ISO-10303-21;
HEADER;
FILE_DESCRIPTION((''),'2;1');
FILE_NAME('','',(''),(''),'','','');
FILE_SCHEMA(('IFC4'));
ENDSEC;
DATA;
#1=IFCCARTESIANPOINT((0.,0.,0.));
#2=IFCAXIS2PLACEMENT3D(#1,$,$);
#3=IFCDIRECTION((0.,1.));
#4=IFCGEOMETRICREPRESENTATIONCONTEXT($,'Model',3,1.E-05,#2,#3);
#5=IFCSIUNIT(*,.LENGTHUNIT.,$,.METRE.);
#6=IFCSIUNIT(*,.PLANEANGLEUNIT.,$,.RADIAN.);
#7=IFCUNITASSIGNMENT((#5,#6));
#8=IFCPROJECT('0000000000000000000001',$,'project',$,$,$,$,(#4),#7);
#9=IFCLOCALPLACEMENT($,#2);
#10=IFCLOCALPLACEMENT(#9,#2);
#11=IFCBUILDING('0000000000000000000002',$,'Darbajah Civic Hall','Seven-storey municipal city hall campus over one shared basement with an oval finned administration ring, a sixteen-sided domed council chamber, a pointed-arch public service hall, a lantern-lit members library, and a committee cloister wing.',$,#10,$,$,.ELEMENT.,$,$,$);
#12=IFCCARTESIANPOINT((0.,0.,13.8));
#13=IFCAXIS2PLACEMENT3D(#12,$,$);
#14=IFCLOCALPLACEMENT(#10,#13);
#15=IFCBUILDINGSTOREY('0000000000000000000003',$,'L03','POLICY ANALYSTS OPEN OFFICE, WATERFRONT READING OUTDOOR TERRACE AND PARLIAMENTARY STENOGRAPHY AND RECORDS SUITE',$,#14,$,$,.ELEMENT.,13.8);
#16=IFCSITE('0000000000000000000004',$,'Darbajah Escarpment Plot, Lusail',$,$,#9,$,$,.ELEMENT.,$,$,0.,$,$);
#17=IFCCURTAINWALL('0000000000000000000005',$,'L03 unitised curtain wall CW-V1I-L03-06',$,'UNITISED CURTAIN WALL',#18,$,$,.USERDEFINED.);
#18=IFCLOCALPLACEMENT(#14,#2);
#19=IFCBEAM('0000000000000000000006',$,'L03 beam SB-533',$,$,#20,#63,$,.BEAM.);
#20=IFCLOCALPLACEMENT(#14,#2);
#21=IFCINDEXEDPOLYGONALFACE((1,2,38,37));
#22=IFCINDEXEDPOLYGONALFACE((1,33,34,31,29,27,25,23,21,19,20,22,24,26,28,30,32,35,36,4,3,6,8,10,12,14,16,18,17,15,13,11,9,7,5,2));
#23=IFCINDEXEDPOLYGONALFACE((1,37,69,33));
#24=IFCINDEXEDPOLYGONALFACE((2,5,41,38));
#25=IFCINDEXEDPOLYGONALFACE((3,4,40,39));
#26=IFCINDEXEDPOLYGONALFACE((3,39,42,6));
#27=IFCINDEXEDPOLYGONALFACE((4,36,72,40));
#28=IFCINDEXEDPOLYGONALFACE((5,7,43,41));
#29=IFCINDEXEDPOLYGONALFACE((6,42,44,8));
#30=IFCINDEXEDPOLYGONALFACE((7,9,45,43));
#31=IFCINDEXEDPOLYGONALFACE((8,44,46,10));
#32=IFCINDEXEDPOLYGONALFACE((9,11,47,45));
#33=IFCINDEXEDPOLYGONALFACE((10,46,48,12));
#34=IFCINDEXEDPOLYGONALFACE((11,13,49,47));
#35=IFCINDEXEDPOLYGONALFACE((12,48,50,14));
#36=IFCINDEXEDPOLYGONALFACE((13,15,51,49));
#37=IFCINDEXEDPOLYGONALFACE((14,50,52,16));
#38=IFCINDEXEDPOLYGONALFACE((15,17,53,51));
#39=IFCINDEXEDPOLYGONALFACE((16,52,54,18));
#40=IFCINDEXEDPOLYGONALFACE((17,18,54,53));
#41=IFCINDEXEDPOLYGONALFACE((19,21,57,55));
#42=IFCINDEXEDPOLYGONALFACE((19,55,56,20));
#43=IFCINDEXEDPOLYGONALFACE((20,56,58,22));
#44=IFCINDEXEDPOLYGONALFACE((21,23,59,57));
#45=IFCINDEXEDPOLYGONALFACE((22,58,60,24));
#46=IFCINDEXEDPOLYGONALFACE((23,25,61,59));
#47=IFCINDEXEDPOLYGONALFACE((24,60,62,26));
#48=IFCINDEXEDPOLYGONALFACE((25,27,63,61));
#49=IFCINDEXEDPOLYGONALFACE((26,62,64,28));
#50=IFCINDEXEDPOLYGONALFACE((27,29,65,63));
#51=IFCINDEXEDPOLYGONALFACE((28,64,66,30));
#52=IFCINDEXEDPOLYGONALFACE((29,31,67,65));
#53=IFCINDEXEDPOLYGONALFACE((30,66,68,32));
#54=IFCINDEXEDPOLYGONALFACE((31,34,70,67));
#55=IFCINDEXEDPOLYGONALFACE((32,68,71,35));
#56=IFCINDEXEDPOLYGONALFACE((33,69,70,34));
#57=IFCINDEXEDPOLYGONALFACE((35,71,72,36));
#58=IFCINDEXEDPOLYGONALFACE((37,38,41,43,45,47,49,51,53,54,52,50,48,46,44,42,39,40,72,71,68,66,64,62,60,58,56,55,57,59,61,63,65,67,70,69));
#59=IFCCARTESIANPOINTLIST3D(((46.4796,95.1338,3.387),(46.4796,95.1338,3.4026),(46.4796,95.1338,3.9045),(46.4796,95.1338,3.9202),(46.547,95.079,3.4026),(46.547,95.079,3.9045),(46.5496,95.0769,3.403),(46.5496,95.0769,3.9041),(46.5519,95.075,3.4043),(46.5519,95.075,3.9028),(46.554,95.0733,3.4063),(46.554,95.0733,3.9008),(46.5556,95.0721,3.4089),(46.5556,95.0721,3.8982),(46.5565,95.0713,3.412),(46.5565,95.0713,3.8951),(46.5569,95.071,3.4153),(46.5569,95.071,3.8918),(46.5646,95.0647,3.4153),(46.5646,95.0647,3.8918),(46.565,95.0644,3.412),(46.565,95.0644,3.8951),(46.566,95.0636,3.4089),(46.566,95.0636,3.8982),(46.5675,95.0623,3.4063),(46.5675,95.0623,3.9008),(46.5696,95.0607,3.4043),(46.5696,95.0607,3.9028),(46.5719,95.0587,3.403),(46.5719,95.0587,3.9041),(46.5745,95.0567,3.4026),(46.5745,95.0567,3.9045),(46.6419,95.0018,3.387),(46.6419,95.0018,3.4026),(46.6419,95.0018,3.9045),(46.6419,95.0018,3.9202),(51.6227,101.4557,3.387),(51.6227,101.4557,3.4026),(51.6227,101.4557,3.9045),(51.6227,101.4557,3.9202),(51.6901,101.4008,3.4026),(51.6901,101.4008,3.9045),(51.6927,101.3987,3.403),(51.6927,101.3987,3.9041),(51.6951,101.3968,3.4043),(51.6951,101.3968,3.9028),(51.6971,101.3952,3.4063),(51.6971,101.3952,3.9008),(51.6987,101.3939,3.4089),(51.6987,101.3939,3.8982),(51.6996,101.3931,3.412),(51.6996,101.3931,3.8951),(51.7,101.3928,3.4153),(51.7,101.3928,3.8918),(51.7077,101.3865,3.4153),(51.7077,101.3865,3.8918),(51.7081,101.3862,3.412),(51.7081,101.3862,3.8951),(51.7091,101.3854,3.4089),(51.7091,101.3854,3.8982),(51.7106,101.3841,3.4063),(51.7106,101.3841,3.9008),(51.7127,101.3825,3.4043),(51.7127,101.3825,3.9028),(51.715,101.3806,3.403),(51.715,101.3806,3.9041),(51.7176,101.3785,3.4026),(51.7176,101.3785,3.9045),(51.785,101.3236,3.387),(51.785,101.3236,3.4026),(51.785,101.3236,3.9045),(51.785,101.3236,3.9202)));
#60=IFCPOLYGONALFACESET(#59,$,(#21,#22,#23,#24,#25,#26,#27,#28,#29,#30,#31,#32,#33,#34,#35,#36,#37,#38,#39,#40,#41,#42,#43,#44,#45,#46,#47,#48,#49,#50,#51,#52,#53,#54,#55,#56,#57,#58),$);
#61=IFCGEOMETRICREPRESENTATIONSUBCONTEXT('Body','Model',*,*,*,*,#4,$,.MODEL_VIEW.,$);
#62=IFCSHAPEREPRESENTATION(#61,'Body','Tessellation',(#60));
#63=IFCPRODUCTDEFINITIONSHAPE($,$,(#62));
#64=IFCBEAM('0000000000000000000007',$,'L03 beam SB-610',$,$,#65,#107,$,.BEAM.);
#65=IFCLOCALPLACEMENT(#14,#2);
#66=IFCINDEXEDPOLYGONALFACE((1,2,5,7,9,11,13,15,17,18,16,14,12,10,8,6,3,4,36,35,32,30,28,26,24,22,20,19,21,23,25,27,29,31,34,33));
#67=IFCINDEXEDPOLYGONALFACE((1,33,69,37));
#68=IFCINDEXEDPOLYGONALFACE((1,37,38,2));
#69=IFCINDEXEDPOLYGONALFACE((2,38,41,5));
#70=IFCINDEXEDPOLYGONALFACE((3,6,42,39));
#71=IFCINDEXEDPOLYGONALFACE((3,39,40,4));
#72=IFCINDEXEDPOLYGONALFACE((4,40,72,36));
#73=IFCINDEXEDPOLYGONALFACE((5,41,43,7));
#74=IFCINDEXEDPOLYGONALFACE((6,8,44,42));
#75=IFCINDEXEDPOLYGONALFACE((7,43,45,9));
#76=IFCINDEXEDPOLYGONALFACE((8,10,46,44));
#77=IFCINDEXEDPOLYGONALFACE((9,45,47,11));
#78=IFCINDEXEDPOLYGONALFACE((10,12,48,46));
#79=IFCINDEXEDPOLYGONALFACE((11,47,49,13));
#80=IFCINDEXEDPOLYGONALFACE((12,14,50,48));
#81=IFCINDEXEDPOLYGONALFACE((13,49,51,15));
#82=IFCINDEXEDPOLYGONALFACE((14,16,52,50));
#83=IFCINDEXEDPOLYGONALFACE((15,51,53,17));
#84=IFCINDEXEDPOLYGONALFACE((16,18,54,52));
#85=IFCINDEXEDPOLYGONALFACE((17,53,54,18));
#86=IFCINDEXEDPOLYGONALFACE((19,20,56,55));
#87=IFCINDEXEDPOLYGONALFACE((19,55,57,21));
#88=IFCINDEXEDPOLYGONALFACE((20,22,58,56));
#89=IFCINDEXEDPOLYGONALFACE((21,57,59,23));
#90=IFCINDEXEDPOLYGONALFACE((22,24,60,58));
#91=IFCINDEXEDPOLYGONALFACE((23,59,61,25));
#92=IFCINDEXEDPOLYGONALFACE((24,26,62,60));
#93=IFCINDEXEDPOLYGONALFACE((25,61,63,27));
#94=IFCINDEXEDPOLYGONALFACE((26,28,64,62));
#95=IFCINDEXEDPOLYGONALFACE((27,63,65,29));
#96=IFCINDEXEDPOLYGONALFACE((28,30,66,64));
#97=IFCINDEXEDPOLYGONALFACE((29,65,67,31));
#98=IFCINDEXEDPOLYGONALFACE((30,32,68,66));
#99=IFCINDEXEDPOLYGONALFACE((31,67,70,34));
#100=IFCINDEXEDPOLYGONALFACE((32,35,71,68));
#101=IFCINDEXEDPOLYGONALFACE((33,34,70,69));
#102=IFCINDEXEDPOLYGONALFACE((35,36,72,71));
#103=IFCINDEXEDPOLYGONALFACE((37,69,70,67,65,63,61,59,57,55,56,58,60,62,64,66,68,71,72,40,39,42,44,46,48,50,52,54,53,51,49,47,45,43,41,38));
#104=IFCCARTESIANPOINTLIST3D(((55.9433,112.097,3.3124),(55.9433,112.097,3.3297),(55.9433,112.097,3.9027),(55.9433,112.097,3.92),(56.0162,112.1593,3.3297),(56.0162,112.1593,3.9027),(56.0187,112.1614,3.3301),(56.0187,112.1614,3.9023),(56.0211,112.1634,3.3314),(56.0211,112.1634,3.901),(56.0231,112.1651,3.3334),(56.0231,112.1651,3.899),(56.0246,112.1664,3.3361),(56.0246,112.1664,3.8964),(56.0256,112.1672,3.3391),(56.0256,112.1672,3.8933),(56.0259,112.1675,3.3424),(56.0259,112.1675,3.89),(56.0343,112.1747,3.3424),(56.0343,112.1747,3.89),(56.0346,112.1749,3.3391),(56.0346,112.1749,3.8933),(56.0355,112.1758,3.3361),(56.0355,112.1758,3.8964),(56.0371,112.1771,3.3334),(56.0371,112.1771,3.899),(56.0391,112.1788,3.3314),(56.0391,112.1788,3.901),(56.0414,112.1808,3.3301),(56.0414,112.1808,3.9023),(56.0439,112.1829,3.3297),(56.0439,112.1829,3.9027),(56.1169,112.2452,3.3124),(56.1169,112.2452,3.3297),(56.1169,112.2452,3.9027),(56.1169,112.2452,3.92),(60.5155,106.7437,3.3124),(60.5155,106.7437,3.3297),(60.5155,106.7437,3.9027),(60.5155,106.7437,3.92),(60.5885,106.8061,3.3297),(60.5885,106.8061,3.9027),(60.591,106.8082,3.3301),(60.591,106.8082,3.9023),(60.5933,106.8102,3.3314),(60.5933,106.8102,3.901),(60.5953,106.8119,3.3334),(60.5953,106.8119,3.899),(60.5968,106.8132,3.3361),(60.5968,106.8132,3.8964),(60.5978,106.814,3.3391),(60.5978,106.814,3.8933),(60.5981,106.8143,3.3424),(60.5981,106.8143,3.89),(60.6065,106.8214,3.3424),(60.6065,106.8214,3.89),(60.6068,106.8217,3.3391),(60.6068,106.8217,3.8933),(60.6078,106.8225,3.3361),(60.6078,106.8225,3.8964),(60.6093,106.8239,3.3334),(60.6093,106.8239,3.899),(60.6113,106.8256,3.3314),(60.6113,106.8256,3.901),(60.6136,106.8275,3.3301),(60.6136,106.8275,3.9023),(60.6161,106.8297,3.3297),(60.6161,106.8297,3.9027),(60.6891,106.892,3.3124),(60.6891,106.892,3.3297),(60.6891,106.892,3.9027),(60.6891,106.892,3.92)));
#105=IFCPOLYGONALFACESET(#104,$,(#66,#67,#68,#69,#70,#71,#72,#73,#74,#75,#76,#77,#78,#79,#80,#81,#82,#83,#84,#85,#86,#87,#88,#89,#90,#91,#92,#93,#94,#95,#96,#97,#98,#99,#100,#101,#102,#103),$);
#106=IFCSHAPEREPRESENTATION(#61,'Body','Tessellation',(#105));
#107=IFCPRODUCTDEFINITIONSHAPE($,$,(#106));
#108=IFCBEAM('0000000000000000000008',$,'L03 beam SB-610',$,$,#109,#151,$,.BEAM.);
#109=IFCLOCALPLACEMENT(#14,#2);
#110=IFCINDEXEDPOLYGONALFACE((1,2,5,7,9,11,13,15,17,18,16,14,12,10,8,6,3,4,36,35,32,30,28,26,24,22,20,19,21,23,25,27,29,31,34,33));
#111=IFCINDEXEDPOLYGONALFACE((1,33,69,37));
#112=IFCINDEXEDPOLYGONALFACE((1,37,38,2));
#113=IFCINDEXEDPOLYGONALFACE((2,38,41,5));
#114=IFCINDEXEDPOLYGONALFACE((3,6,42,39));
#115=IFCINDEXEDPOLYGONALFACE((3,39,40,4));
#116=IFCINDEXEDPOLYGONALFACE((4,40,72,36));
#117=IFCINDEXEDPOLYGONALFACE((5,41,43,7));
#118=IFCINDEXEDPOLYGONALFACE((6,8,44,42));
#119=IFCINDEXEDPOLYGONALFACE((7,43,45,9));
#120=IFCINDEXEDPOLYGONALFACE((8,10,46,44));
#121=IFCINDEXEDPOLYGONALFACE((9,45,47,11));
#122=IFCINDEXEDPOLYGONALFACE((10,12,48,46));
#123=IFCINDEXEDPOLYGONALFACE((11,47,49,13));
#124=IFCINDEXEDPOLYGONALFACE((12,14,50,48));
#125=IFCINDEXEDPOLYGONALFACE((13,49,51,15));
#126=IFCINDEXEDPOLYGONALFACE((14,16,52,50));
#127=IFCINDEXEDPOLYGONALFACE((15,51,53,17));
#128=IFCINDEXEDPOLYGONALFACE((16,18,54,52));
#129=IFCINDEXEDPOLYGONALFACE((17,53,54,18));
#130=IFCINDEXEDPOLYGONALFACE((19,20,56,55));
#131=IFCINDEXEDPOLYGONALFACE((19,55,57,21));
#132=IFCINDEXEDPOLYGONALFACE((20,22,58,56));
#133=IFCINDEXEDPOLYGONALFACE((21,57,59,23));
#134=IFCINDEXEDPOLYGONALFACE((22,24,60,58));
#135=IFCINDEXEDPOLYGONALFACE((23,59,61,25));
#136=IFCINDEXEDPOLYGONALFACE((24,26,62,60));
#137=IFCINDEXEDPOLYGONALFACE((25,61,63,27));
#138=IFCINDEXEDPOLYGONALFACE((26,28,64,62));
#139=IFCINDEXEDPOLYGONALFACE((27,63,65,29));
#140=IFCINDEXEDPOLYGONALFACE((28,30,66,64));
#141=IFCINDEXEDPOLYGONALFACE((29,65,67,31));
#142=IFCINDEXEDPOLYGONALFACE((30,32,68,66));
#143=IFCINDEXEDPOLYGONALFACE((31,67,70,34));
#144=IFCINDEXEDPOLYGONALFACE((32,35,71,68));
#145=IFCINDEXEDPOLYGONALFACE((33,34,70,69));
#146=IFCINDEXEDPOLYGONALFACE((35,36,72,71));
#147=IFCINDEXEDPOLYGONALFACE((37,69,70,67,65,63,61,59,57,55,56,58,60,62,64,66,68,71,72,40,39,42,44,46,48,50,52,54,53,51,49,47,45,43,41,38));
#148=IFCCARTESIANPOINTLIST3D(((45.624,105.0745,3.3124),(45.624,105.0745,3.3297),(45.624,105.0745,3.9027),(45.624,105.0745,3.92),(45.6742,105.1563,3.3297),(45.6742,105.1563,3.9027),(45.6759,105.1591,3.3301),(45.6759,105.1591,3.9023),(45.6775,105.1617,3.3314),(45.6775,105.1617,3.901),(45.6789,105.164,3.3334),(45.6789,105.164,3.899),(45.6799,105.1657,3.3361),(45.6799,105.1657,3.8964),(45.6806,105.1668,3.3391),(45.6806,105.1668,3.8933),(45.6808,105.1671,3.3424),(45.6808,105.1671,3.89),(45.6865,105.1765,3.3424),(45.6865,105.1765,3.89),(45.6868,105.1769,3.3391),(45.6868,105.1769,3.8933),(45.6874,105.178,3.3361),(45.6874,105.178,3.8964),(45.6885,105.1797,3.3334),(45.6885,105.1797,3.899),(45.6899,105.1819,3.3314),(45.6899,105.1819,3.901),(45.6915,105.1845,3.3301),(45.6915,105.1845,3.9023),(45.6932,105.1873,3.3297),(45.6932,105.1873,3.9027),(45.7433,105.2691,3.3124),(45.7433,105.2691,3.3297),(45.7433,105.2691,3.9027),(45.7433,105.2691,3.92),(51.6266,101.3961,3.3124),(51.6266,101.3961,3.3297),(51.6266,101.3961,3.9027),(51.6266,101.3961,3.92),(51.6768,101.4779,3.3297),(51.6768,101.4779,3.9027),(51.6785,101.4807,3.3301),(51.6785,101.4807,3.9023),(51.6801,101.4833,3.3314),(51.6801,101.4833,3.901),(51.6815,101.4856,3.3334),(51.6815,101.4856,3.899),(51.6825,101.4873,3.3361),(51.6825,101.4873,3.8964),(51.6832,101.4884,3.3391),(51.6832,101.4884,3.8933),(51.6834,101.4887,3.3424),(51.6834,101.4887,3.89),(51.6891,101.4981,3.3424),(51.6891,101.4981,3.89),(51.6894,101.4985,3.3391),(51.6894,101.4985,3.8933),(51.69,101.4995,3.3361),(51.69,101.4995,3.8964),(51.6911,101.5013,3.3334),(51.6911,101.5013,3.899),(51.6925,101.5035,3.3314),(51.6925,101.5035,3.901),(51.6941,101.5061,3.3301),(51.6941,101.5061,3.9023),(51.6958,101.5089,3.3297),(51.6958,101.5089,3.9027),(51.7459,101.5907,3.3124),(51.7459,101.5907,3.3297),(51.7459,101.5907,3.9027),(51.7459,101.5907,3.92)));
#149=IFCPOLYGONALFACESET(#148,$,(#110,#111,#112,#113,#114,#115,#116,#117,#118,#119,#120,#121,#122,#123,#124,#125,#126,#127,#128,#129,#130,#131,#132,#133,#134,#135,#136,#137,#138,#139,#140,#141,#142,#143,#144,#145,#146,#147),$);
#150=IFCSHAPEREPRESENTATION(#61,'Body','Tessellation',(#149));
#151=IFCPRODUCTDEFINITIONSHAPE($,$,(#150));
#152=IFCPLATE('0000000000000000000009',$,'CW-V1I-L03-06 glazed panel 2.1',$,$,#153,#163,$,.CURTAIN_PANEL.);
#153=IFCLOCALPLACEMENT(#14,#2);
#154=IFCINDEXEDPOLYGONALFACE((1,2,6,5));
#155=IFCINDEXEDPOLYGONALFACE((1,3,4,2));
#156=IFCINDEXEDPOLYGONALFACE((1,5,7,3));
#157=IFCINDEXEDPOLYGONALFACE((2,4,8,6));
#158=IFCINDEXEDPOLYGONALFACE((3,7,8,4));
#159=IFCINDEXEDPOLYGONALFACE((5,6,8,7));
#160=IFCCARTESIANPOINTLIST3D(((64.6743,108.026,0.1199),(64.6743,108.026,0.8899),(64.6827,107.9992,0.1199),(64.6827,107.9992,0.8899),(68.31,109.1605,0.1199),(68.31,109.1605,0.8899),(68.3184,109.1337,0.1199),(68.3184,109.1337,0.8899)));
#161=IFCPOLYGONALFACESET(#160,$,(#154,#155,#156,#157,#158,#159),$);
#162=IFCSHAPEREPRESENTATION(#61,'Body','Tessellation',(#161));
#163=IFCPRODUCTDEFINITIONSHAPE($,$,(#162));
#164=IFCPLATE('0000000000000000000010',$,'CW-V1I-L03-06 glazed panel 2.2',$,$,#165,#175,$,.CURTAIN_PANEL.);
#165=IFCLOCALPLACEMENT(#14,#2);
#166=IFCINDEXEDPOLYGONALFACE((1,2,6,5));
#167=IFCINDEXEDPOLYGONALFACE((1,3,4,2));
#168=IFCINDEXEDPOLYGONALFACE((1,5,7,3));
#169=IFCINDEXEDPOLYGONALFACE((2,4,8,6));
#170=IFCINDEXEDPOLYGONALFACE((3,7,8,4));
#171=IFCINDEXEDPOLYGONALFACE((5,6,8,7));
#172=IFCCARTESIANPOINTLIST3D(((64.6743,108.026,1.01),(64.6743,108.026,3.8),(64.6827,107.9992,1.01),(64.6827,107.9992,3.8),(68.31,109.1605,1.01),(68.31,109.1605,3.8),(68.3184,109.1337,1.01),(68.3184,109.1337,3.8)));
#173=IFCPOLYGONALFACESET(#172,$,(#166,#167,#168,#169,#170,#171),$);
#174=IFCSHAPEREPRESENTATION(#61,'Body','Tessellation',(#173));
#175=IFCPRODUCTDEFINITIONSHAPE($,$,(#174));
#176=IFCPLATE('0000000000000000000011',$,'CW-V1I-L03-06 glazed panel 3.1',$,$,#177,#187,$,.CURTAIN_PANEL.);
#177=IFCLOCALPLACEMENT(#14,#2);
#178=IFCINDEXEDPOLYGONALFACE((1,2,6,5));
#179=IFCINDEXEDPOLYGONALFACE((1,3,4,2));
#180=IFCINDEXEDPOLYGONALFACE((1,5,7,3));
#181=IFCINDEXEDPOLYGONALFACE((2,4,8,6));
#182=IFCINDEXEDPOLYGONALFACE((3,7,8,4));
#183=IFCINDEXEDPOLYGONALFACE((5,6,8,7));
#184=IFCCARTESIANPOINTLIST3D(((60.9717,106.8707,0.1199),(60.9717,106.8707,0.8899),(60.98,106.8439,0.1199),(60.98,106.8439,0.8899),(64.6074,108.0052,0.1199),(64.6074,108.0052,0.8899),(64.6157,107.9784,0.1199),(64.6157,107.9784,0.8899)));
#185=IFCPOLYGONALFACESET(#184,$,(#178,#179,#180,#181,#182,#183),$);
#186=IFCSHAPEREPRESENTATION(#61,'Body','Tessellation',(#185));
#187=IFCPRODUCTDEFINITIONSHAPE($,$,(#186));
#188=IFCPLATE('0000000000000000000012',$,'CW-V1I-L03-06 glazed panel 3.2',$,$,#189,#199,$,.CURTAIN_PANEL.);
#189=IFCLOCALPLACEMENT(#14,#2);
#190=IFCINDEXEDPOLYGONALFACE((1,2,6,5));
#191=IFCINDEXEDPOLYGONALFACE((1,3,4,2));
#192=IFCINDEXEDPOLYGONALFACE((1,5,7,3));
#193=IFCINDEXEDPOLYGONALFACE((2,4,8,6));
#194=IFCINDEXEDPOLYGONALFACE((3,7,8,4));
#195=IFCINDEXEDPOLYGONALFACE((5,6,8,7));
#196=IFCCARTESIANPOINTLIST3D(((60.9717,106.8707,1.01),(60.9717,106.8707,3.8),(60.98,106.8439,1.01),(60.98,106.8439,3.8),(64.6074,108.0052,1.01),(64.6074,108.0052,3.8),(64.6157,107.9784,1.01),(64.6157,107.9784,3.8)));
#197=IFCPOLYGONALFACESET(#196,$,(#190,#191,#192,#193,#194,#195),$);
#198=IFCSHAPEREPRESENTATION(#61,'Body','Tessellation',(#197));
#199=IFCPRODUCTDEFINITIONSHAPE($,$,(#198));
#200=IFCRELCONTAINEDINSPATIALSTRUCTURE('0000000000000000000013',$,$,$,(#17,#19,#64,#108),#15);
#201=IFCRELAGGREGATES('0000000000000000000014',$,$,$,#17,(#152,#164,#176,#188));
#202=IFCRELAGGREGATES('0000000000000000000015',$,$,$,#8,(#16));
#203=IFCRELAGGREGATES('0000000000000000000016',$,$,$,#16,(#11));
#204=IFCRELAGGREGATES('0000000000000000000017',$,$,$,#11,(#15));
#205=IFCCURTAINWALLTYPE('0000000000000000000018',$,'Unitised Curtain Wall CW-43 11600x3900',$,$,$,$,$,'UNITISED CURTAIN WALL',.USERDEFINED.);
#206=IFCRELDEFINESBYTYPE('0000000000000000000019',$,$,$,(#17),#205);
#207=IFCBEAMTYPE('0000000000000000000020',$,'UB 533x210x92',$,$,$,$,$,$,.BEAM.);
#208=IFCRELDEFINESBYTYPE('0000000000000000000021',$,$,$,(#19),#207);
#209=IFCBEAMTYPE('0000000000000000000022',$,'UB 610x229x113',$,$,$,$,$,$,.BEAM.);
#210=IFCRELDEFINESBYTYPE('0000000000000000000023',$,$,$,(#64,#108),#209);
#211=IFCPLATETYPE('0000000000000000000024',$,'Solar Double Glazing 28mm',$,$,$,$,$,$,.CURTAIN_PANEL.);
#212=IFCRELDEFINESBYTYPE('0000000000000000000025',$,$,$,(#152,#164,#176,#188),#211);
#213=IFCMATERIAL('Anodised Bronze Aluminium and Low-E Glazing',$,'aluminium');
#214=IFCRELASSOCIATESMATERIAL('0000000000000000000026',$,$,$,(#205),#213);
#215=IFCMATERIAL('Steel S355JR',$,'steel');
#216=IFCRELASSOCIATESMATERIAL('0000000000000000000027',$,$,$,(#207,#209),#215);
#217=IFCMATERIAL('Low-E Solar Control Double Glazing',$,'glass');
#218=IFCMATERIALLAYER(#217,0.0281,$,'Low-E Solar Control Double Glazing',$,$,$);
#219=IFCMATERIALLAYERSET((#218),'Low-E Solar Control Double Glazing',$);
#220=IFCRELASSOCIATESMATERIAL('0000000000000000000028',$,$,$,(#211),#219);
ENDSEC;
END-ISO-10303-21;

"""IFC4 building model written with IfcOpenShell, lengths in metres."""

from ifc_helpers import new_model, si_unit, direction, frame, origin, origin_2d, place, context, subcontext, project, spatial, rectangle, i_section, extrude, material, layer, layer_set, material_profile, profile_set, type_object, element, aggregate, save


model = new_model("IFC4")

# Units and contexts
model_context = context("Model", 3, precision=1e-05, world=origin(), true_north=direction((0.0, 1.0)))
body_context = subcontext(model_context, "Body", "Model", "MODEL_VIEW")
ifc_project = project(units=[si_unit("LENGTHUNIT", "METRE"), si_unit("PLANEANGLEUNIT", "RADIAN")], contexts=[model_context])

# Site, building, storey
site_placement = place(None, origin())
site = spatial("IfcSite", under=ifc_project, at=site_placement, Name="Darbajah Escarpment Plot, Lusail", CompositionType="ELEMENT", RefElevation=0.0)
building_placement = place(site_placement, origin())
building = spatial("IfcBuilding", under=site, at=building_placement, Name="Darbajah Civic Hall", Description="Seven-storey municipal city hall campus over one shared basement with an oval finned administration ring, a sixteen-sided domed council chamber, a pointed-arch public service hall, a lantern-lit members library, and a committee cloister wing.", CompositionType="ELEMENT")
storey_placement = place(building_placement, frame((0.0, 0.0, 13.8)))
storey = spatial("IfcBuildingStorey", under=building, at=storey_placement, Name="L03", Description="POLICY ANALYSTS OPEN OFFICE, WATERFRONT READING OUTDOOR TERRACE AND PARLIAMENTARY STENOGRAPHY AND RECORDS SUITE", CompositionType="ELEMENT", Elevation=13.8)

# Curtain wall
ifc_material_1 = material(Name="Anodised Bronze Aluminium and Low-E Glazing", Category="aluminium")
curtain_wall_type_1 = type_object("IfcCurtainWallType", Name="Unitised Curtain Wall CW-43 11600x3900", ElementType="UNITISED CURTAIN WALL", PredefinedType="USERDEFINED", material=ifc_material_1)
curtain_wall_1_placement = place(storey_placement, origin())
curtain_wall_1 = element("IfcCurtainWall", 1, at=curtain_wall_1_placement, inside=storey, type_object=curtain_wall_type_1, Name="L03 unitised curtain wall CW-V1I-L03-06", ObjectType="UNITISED CURTAIN WALL", PredefinedType="USERDEFINED")

# Beams
ifc_material_2 = material(Name="Steel S355JR", Category="steel")
ifc_material_profile_1 = material_profile(ifc_material_2, i_section(OverallWidth=0.2092, OverallDepth=0.5332, WebThickness=0.01, FlangeThickness=0.0156, FilletRadius=0.0127, at=origin_2d()), Name="UB 533x210x92")
ifc_profile_set_1 = profile_set([ifc_material_profile_1], Name="Steel S355JR")
beam_type_1 = type_object("IfcBeamType", Name="UB 533x210x92", PredefinedType="BEAM", material=ifc_profile_set_1)
beam_1_placement = place(storey_placement, frame((51.7039, 101.3896, 3.6536), z_axis=(-0.631082, -0.775716, 0.0), x_axis=(0.775716, -0.631082, 0.0)))
element("IfcBeam", 2, at=beam_1_placement, inside=storey, type_object=beam_type_1, Name="L03 beam SB-533", PredefinedType="BEAM", context=body_context, shape_type="SweptSolid", body=[
    extrude(i_section(OverallWidth=0.2092, OverallDepth=0.5332, WebThickness=0.01, FlangeThickness=0.0156, FilletRadius=0.0127, at=origin_2d()), origin(), (0.0, 0.0, 1.0), 8.1497),
])
ifc_material_profile_2 = material_profile(ifc_material_2, i_section(OverallWidth=0.2283, OverallDepth=0.6077, WebThickness=0.011, FlangeThickness=0.0173, FilletRadius=0.0127, at=origin_2d()), Name="UB 610x229x113")
ifc_profile_set_2 = profile_set([ifc_material_profile_2], Name="Steel S355JR")
beam_type_2 = type_object("IfcBeamType", Name="UB 610x229x113", PredefinedType="BEAM", material=ifc_profile_set_2)
for number, where, z_axis, x_axis, name in (
    (3, (60.6023, 106.8179, 3.6162), (-0.64946, 0.760396, 0.0), (-0.760396, -0.64946, 0.0), "L03 beam SB-610"),
    (4, (51.6863, 101.4934, 3.6162), (-0.852639, 0.5225, 0.0), (-0.5225, -0.852639, 0.0), "L03 beam SB-610"),
):
    element("IfcBeam", number, at=place(storey_placement, frame(where, z_axis=z_axis, x_axis=x_axis)), inside=storey, type_object=beam_type_2, Name=name, PredefinedType="BEAM", context=body_context, shape_type="SweptSolid", body=[
        extrude(i_section(OverallWidth=0.2283, OverallDepth=0.6077, WebThickness=0.011, FlangeThickness=0.0173, FilletRadius=0.0127, at=origin_2d()), origin(), (0.0, 0.0, 1.0), 7.04),
    ])

# Plates
ifc_material_3 = material(Name="Low-E Solar Control Double Glazing", Category="glass")
ifc_layer_1 = layer(ifc_material_3, 0.0281, Name="Low-E Solar Control Double Glazing")
ifc_layer_set_1 = layer_set([ifc_layer_1], Name="Low-E Solar Control Double Glazing")
plate_type = type_object("IfcPlateType", Name="Solar Double Glazing 28mm", PredefinedType="CURTAIN_PANEL", material=ifc_layer_set_1)
plate_1_placement = place(storey_placement, frame((66.4963, 108.5798, 0.1199), z_axis=(0.0, 0.0, 1.0), x_axis=(-0.954605, -0.297875, 0.0)))
plate_1 = element("IfcPlate", 5, at=plate_1_placement, type_object=plate_type, Name="CW-V1I-L03-06 glazed panel 2.1", PredefinedType="CURTAIN_PANEL", context=body_context, shape_type="SweptSolid", body=[
    extrude(rectangle(XDim=3.8086, YDim=0.0281, at=origin_2d()), origin(), (0.0, 0.0, 1.0), 0.77),
])
plate_2_placement = place(storey_placement, frame((66.4963, 108.5798, 1.01), z_axis=(0.0, 0.0, 1.0), x_axis=(-0.954605, -0.297875, 0.0)))
plate_2 = element("IfcPlate", 6, at=plate_2_placement, type_object=plate_type, Name="CW-V1I-L03-06 glazed panel 2.2", PredefinedType="CURTAIN_PANEL", context=body_context, shape_type="SweptSolid", body=[
    extrude(rectangle(XDim=3.8086, YDim=0.0281, at=origin_2d()), origin(), (0.0, 0.0, 1.0), 2.79),
])
plate_3_placement = place(storey_placement, frame((62.7937, 107.4246, 0.1199), z_axis=(0.0, 0.0, 1.0), x_axis=(-0.954605, -0.297875, 0.0)))
plate_3 = element("IfcPlate", 7, at=plate_3_placement, type_object=plate_type, Name="CW-V1I-L03-06 glazed panel 3.1", PredefinedType="CURTAIN_PANEL", context=body_context, shape_type="SweptSolid", body=[
    extrude(rectangle(XDim=3.8086, YDim=0.0281, at=origin_2d()), origin(), (0.0, 0.0, 1.0), 0.77),
])
plate_4_placement = place(storey_placement, frame((62.7937, 107.4246, 1.01), z_axis=(0.0, 0.0, 1.0), x_axis=(-0.954605, -0.297875, 0.0)))
plate_4 = element("IfcPlate", 8, at=plate_4_placement, type_object=plate_type, Name="CW-V1I-L03-06 glazed panel 3.2", PredefinedType="CURTAIN_PANEL", context=body_context, shape_type="SweptSolid", body=[
    extrude(rectangle(XDim=3.8086, YDim=0.0281, at=origin_2d()), origin(), (0.0, 0.0, 1.0), 2.79),
])
aggregate(curtain_wall_1, [plate_1, plate_2, plate_3, plate_4])

save(model, "model.ifc")
